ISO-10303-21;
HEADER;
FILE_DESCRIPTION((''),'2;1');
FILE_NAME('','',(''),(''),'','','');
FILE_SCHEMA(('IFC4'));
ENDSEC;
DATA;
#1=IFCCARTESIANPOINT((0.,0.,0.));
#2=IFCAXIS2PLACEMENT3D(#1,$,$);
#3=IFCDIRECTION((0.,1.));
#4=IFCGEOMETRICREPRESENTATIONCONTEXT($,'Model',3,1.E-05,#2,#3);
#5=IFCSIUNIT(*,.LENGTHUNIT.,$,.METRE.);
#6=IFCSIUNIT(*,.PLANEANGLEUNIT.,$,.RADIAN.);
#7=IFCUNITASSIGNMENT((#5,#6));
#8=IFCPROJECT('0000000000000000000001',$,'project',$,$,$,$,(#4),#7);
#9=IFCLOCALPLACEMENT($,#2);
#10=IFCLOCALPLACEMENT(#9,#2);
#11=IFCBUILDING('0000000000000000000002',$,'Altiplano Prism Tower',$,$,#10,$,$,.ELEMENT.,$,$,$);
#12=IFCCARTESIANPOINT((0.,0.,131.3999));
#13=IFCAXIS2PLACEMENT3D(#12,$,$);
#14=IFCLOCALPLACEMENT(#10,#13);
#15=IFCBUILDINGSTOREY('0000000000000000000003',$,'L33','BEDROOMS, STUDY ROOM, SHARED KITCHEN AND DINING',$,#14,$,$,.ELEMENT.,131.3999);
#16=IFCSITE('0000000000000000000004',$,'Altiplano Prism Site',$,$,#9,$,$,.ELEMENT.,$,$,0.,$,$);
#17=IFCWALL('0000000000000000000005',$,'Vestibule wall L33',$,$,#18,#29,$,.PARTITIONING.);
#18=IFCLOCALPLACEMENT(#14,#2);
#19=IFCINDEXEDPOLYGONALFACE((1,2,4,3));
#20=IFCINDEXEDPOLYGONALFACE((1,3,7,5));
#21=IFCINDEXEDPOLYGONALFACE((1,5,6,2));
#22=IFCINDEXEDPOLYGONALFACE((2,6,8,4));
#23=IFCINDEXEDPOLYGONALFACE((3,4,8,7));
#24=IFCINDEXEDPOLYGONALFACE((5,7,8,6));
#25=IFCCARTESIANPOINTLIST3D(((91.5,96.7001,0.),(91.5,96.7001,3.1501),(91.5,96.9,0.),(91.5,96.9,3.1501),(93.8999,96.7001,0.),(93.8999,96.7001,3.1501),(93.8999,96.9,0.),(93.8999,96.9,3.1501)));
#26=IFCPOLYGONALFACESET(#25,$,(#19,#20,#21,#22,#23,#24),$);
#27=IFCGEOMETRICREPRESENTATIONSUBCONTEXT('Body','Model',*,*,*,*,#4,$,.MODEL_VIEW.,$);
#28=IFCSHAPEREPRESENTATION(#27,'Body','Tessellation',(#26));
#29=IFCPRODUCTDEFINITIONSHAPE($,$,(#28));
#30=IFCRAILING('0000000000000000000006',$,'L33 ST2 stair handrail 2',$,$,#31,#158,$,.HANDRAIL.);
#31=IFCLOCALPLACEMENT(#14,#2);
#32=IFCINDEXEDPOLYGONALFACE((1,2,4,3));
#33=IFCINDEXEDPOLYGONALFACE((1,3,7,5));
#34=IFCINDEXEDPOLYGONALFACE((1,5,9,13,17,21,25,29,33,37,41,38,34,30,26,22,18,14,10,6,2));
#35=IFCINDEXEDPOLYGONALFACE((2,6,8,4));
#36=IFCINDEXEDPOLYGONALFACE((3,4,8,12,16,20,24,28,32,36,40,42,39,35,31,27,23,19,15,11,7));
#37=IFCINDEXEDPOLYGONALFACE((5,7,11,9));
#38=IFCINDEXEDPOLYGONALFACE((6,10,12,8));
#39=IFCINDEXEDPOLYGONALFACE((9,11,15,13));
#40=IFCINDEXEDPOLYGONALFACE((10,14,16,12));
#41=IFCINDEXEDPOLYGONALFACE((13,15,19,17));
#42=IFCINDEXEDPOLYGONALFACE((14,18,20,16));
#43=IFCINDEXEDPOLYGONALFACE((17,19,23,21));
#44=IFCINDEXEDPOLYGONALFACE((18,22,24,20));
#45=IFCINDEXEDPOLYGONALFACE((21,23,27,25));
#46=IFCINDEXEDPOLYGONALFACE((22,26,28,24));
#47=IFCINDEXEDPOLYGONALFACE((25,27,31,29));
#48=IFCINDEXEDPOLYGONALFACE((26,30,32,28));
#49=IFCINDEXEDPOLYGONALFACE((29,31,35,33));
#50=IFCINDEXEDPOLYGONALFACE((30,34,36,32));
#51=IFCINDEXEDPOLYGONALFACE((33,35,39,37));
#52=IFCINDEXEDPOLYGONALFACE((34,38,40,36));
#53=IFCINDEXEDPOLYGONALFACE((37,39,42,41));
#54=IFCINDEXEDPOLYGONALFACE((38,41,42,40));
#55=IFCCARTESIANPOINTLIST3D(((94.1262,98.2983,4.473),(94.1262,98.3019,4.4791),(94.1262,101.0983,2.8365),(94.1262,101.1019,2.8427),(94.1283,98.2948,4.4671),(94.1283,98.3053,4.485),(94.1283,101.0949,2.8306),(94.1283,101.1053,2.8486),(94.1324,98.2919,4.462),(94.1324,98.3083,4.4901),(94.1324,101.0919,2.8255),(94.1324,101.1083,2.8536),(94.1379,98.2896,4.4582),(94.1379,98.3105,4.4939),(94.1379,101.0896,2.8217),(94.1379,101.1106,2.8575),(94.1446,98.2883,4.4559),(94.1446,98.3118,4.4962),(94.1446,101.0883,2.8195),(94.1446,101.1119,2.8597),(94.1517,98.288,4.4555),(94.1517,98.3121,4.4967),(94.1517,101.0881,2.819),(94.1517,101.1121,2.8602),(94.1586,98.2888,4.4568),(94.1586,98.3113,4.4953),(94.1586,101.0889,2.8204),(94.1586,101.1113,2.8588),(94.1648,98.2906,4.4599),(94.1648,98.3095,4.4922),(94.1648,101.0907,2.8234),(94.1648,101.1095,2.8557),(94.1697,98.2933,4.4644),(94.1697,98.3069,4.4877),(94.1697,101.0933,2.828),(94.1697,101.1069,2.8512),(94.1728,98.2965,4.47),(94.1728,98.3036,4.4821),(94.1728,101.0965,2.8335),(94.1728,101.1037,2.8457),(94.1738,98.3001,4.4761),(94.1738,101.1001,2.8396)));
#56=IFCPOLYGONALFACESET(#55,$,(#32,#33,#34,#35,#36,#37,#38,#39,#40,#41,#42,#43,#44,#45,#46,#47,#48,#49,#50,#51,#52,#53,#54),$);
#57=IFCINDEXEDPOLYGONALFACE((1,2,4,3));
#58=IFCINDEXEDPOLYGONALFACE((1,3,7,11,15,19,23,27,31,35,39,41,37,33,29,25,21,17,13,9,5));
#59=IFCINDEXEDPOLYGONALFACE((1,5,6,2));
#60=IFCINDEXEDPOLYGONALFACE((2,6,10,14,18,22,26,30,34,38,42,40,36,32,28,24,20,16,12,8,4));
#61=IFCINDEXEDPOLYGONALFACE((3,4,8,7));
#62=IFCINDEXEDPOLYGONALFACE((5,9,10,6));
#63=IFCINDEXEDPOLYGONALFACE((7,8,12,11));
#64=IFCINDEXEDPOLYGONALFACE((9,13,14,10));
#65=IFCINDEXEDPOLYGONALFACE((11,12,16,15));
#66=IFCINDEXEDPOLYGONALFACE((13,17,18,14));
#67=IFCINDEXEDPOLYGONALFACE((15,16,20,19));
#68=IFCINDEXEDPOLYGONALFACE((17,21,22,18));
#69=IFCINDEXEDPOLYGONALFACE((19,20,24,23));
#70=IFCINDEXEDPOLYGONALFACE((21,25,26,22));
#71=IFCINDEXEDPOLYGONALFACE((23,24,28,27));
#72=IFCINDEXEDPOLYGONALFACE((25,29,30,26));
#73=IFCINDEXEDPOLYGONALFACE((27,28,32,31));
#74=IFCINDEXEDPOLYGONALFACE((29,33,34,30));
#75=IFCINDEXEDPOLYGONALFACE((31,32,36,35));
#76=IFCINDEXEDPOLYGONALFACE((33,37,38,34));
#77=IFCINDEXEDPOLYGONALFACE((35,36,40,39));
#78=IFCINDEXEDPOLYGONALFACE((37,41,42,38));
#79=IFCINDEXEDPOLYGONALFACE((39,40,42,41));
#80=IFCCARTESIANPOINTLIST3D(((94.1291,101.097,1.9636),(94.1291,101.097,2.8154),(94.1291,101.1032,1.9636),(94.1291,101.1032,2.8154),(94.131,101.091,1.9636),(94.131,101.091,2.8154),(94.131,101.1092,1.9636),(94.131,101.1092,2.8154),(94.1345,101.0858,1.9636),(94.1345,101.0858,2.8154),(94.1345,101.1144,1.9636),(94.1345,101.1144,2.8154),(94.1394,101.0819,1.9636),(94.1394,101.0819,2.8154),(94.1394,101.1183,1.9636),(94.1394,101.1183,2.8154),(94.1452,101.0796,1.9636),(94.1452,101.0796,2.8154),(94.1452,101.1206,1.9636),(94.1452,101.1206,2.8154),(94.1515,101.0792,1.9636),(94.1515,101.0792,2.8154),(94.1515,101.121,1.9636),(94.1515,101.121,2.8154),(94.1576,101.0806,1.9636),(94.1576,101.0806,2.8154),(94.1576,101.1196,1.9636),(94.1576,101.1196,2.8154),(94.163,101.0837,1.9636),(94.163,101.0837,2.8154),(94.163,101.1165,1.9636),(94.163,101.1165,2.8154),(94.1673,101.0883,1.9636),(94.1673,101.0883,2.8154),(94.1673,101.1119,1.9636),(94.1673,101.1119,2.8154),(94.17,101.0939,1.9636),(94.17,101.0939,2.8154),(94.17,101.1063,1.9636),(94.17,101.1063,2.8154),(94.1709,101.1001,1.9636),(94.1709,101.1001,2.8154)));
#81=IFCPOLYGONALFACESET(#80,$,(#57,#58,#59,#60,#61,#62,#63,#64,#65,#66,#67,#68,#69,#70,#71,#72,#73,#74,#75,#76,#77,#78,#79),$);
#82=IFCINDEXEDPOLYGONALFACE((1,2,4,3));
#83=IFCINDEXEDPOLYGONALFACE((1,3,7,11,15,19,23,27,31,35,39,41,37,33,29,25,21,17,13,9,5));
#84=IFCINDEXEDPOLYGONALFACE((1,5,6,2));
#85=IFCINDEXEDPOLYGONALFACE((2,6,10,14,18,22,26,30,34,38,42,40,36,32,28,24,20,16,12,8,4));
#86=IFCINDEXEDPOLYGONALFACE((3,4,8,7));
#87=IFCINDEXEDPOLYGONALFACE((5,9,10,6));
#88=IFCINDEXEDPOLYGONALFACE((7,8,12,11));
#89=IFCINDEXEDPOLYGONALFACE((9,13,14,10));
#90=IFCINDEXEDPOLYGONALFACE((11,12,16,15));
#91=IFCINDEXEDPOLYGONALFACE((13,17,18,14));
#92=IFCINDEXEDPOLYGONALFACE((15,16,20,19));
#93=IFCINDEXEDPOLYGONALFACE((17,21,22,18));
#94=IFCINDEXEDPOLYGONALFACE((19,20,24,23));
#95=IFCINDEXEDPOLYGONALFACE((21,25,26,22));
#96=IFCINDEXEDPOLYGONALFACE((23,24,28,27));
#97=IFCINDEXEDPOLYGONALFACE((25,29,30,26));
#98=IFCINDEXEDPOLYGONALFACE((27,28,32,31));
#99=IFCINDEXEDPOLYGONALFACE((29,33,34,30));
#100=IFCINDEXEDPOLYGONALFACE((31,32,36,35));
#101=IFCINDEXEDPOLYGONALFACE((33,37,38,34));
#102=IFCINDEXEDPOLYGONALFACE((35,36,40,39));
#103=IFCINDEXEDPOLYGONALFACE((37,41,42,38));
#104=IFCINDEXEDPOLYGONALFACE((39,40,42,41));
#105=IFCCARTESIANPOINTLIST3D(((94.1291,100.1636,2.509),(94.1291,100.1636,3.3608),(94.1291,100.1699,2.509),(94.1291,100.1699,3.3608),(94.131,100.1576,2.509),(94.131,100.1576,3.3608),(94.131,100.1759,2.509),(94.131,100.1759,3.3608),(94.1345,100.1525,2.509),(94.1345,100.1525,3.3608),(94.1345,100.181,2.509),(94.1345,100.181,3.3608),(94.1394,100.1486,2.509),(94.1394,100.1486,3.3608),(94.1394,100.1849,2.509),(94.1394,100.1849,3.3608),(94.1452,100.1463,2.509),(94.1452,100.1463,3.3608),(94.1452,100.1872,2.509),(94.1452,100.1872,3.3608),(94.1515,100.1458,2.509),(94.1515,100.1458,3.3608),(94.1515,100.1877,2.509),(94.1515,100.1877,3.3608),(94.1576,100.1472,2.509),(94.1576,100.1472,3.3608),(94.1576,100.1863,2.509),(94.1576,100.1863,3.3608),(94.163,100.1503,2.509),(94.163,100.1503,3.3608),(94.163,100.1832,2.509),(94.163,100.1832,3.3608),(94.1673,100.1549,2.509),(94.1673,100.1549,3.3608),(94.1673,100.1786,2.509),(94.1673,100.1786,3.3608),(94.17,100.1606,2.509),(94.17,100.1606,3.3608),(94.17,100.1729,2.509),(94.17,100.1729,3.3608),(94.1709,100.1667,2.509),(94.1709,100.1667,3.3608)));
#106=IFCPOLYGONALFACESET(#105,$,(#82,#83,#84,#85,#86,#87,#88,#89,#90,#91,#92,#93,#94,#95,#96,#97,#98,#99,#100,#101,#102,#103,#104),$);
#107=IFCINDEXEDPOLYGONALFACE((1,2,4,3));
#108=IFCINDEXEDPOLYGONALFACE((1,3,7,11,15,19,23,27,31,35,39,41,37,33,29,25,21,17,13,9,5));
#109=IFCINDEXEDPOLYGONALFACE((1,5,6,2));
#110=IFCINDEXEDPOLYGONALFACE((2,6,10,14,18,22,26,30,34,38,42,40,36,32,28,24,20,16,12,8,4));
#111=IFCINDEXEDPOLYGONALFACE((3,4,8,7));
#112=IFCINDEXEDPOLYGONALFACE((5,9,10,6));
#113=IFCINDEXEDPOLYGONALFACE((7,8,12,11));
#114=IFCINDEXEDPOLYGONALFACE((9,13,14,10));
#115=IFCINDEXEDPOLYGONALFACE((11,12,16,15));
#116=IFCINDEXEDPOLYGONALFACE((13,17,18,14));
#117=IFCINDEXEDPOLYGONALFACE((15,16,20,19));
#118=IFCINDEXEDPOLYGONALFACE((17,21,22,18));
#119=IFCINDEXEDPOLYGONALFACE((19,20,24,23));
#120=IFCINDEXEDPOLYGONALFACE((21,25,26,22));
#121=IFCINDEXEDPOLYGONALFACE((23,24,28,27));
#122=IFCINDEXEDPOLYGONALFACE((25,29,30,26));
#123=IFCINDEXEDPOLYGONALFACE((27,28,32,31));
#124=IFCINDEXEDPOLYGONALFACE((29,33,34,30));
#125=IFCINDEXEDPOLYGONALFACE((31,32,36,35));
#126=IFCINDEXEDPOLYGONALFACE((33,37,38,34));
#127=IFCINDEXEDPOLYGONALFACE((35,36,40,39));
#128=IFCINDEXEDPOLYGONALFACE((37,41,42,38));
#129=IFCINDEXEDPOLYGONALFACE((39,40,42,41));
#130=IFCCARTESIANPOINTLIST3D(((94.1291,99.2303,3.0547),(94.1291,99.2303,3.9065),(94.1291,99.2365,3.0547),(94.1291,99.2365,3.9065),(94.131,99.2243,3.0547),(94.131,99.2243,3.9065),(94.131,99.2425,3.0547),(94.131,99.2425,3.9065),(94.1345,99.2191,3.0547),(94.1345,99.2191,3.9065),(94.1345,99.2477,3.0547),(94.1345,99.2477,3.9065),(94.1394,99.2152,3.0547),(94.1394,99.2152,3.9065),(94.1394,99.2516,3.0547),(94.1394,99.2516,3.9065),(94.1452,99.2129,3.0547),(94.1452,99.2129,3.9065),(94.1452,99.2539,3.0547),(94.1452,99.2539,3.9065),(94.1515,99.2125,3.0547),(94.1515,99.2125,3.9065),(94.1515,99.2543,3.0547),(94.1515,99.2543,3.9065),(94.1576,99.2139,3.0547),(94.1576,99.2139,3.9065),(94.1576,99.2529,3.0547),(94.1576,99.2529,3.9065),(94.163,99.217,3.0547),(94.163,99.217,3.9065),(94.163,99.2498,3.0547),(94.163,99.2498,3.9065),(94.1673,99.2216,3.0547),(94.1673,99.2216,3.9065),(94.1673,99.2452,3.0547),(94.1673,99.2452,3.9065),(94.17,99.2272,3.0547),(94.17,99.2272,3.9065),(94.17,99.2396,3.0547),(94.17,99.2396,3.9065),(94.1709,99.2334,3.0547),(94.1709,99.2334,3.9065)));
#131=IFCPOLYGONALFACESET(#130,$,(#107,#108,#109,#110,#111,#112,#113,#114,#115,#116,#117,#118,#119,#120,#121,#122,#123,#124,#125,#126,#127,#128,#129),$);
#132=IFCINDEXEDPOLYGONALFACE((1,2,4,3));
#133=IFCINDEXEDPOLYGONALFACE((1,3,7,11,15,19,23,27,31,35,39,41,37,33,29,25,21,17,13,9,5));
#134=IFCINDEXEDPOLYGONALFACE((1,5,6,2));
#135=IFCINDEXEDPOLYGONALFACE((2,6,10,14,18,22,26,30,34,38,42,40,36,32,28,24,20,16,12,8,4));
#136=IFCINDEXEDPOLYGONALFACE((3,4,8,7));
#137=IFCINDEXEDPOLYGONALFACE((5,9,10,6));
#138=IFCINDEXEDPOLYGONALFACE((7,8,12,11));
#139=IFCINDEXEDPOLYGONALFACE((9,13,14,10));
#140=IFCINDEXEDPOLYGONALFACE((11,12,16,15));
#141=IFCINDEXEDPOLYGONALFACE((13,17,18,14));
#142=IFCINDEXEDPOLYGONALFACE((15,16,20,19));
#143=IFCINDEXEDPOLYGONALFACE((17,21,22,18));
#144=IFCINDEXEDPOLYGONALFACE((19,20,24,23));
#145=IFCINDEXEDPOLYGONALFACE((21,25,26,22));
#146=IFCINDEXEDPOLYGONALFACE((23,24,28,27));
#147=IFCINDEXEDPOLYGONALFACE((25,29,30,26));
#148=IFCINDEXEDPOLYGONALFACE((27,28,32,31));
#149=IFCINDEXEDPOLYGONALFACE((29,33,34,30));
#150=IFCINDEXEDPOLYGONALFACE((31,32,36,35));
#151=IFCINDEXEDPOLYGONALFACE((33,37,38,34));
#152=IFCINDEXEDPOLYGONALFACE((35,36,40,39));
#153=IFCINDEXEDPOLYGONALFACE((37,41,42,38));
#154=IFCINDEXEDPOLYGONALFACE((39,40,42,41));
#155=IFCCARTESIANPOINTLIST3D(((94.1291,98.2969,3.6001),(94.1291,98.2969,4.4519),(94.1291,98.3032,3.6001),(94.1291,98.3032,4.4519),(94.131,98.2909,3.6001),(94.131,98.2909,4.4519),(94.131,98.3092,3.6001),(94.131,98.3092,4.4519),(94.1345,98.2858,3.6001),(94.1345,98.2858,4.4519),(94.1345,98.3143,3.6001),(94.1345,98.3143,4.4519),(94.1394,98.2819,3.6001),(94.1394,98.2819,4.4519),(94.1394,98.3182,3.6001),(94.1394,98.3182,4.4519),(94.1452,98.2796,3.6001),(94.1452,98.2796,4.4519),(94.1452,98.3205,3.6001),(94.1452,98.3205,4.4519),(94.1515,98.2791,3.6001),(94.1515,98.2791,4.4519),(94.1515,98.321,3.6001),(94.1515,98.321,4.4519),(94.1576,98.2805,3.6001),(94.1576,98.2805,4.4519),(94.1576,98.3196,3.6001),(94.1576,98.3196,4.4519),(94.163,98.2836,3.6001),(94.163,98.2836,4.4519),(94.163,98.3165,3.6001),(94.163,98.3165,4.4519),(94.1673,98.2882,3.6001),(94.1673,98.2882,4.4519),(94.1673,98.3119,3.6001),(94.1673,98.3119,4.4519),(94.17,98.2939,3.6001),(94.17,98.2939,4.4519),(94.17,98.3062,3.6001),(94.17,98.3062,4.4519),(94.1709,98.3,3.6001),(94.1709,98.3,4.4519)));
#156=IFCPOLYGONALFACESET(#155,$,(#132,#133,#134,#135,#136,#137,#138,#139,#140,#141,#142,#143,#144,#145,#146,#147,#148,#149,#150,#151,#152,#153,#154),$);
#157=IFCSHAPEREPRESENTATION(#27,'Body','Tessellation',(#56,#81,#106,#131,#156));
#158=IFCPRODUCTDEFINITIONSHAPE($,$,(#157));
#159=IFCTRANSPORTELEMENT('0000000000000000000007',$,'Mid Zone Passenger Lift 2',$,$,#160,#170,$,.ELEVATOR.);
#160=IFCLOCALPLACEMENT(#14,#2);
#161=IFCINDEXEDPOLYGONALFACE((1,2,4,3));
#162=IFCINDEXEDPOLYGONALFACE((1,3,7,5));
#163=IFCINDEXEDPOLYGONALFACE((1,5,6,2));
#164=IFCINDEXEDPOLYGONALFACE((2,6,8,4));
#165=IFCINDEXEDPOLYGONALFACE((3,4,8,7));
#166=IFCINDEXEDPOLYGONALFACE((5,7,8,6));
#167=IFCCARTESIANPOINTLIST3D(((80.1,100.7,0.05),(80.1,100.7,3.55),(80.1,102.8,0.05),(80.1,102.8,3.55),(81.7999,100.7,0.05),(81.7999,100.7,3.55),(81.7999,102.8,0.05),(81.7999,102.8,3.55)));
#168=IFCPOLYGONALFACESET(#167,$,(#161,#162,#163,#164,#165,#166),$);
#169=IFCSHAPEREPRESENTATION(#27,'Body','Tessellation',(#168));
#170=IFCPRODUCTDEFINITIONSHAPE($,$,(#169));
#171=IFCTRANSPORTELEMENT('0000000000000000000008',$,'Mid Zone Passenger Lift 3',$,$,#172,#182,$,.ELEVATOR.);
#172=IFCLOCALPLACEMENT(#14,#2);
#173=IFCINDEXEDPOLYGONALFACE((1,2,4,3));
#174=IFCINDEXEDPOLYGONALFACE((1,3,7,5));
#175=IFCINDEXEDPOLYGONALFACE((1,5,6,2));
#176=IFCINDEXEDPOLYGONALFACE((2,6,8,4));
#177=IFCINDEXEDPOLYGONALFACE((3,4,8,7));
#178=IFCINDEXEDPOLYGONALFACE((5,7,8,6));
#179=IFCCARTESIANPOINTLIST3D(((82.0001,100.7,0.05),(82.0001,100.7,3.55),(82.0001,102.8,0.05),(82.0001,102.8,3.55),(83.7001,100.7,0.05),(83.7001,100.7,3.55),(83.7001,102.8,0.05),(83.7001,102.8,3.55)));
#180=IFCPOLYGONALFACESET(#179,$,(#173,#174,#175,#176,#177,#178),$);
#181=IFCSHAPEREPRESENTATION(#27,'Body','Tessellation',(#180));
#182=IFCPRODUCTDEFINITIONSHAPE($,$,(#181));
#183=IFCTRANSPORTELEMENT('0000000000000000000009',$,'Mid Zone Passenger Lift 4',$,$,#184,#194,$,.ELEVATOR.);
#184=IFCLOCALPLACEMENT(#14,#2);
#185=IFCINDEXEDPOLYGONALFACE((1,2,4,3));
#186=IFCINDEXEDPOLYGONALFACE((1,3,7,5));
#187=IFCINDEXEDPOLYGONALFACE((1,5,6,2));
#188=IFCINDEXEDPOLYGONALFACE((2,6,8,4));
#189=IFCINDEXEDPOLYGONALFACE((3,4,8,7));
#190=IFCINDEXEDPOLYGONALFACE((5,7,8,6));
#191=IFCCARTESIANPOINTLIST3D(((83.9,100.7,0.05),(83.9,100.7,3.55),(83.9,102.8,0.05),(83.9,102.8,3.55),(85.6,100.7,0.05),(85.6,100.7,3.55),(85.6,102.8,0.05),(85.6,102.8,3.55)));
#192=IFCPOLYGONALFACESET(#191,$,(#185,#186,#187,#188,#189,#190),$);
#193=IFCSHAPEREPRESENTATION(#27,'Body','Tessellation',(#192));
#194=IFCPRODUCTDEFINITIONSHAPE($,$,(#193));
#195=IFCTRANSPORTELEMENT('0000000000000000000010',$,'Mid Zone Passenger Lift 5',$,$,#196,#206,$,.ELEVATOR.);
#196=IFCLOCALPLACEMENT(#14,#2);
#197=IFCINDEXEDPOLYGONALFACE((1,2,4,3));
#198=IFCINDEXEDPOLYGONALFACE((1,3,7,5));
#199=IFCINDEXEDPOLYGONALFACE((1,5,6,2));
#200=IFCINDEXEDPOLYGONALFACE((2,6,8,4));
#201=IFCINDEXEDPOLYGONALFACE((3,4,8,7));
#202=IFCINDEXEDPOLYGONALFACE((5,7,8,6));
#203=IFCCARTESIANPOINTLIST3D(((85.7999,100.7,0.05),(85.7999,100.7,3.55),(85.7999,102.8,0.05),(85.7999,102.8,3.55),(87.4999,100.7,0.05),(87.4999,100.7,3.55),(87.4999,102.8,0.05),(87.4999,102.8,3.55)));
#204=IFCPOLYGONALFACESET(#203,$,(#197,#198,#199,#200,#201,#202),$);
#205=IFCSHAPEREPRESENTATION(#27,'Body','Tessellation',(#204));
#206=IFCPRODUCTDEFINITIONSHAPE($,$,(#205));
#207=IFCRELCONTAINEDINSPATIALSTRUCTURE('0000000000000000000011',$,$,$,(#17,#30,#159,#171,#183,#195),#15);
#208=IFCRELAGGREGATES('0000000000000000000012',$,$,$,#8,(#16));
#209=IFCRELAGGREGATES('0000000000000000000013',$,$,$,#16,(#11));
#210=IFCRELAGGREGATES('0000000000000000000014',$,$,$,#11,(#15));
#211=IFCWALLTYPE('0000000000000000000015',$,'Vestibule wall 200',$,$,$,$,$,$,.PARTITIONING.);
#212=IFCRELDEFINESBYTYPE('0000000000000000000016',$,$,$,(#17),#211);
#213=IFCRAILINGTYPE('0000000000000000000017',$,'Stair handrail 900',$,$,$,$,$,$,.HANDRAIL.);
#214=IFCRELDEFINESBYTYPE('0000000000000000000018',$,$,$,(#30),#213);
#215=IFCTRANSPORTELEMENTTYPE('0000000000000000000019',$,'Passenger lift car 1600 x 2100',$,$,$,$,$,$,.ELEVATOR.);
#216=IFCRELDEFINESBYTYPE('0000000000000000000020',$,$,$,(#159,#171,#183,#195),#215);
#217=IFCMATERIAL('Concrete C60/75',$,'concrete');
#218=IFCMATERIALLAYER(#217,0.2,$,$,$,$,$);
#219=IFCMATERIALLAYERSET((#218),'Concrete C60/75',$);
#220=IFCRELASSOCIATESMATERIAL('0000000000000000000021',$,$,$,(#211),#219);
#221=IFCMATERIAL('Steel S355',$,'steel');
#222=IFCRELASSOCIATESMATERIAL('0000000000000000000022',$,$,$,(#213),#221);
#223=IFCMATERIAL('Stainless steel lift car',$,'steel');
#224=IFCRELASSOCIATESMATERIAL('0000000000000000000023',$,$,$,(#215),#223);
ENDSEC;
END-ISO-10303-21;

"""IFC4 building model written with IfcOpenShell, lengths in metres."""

from ifc_helpers import new_model, si_unit, direction, frame, frame_2d, origin, origin_2d, place, context, subcontext, project, spatial, rectangle, circle, extrude, material, layer, layer_set, type_object, element, save


model = new_model("IFC4")

# Units and contexts
model_context = context("Model", 3, precision=1e-05, world=origin(), true_north=direction((0.0, 1.0)))
body_context = subcontext(model_context, "Body", "Model", "MODEL_VIEW")
ifc_project = project(units=[si_unit("LENGTHUNIT", "METRE"), si_unit("PLANEANGLEUNIT", "RADIAN")], contexts=[model_context])

# Site, building, storey
site_placement = place(None, origin())
site = spatial("IfcSite", under=ifc_project, at=site_placement, Name="Altiplano Prism Site", CompositionType="ELEMENT", RefElevation=0.0)
building_placement = place(site_placement, origin())
building = spatial("IfcBuilding", under=site, at=building_placement, Name="Altiplano Prism Tower", CompositionType="ELEMENT")
storey_placement = place(building_placement, frame((0.0, 0.0, 131.3999)))
storey = spatial("IfcBuildingStorey", under=building, at=storey_placement, Name="L33", Description="BEDROOMS, STUDY ROOM, SHARED KITCHEN AND DINING", CompositionType="ELEMENT", Elevation=131.3999)

# Shared definitions
ifc_material_1 = material(Name="Concrete C60/75", Category="concrete")

# Shared definitions
ifc_layer_1 = layer(ifc_material_1, 0.2)
ifc_layer_set_1 = layer_set([ifc_layer_1], Name="Concrete C60/75")
wall_type_1 = type_object("IfcWallType", Name="Vestibule wall 200", PredefinedType="PARTITIONING", material=ifc_layer_set_1)

# Wall
wall_1_placement = place(storey_placement, frame((91.5, 96.8, 0.0), z_axis=(0.0, 0.0, 1.0), x_axis=(1.0, 0.0, 0.0)))
element("IfcWall", 1, at=wall_1_placement, inside=storey, type_object=wall_type_1, Name="Vestibule wall L33", PredefinedType="PARTITIONING", context=body_context, shape_type="SweptSolid", body=[
    extrude(rectangle(XDim=2.3999, YDim=0.2, at=frame_2d((1.2, 0.0))), origin(), (0.0, 0.0, 1.0), 3.1501),
])

# Railing
ifc_material_2 = material(Name="Steel S355", Category="steel")
railing_type = type_object("IfcRailingType", Name="Stair handrail 900", PredefinedType="HANDRAIL", material=ifc_material_2)
railing_placement = place(storey_placement, frame((94.1499, 101.1001, 1.9636)))
element("IfcRailing", 2, at=railing_placement, inside=storey, type_object=railing_type, Name="L33 ST2 stair handrail 2", PredefinedType="HANDRAIL", context=body_context, shape_type="SweptSolid", body=[
    extrude(circle(Radius=0.0239, at=origin_2d()), frame((0.0, 0.0, 0.876), z_axis=(0.0, -0.863361, 0.504587), x_axis=(1.0, 0.0, 0.0)), (0.0, 0.0, 1.0), 3.2432),
    extrude(circle(Radius=0.021, at=origin_2d()), origin(), (0.0, 0.0, 1.0), 0.8518),
    extrude(circle(Radius=0.021, at=origin_2d()), frame((0.0, -0.9333, 0.5454)), (0.0, 0.0, 1.0), 0.8518),
    extrude(circle(Radius=0.021, at=origin_2d()), frame((0.0, -1.8667, 1.0911)), (0.0, 0.0, 1.0), 0.8518),
    extrude(circle(Radius=0.021, at=origin_2d()), frame((0.0, -2.8, 1.6365)), (0.0, 0.0, 1.0), 0.8518),
])

# Transport elements
ifc_material_3 = material(Name="Stainless steel lift car", Category="steel")
transport_element_type = type_object("IfcTransportElementType", Name="Passenger lift car 1600 x 2100", PredefinedType="ELEVATOR", material=ifc_material_3)
for number, where, z_axis, x_axis, name in (
    (3, (80.95, 101.75, 0.05), (0.0, 0.0, 1.0), (1.0, 0.0, 0.0), "Mid Zone Passenger Lift 2"),
    (4, (82.8501, 101.75, 0.05), (0.0, 0.0, 1.0), (1.0, 0.0, 0.0), "Mid Zone Passenger Lift 3"),
    (5, (84.75, 101.75, 0.05), (0.0, 0.0, 1.0), (1.0, 0.0, 0.0), "Mid Zone Passenger Lift 4"),
    (6, (86.6499, 101.75, 0.05), (0.0, 0.0, 1.0), (1.0, 0.0, 0.0), "Mid Zone Passenger Lift 5"),
):
    element("IfcTransportElement", number, at=place(storey_placement, frame(where, z_axis=z_axis, x_axis=x_axis)), inside=storey, type_object=transport_element_type, Name=name, PredefinedType="ELEVATOR", context=body_context, shape_type="SweptSolid", body=[
        extrude(rectangle(XDim=1.7, YDim=2.1001, at=origin_2d()), origin(), (0.0, 0.0, 1.0), 3.5),
    ])

save(model, "model.ifc")
